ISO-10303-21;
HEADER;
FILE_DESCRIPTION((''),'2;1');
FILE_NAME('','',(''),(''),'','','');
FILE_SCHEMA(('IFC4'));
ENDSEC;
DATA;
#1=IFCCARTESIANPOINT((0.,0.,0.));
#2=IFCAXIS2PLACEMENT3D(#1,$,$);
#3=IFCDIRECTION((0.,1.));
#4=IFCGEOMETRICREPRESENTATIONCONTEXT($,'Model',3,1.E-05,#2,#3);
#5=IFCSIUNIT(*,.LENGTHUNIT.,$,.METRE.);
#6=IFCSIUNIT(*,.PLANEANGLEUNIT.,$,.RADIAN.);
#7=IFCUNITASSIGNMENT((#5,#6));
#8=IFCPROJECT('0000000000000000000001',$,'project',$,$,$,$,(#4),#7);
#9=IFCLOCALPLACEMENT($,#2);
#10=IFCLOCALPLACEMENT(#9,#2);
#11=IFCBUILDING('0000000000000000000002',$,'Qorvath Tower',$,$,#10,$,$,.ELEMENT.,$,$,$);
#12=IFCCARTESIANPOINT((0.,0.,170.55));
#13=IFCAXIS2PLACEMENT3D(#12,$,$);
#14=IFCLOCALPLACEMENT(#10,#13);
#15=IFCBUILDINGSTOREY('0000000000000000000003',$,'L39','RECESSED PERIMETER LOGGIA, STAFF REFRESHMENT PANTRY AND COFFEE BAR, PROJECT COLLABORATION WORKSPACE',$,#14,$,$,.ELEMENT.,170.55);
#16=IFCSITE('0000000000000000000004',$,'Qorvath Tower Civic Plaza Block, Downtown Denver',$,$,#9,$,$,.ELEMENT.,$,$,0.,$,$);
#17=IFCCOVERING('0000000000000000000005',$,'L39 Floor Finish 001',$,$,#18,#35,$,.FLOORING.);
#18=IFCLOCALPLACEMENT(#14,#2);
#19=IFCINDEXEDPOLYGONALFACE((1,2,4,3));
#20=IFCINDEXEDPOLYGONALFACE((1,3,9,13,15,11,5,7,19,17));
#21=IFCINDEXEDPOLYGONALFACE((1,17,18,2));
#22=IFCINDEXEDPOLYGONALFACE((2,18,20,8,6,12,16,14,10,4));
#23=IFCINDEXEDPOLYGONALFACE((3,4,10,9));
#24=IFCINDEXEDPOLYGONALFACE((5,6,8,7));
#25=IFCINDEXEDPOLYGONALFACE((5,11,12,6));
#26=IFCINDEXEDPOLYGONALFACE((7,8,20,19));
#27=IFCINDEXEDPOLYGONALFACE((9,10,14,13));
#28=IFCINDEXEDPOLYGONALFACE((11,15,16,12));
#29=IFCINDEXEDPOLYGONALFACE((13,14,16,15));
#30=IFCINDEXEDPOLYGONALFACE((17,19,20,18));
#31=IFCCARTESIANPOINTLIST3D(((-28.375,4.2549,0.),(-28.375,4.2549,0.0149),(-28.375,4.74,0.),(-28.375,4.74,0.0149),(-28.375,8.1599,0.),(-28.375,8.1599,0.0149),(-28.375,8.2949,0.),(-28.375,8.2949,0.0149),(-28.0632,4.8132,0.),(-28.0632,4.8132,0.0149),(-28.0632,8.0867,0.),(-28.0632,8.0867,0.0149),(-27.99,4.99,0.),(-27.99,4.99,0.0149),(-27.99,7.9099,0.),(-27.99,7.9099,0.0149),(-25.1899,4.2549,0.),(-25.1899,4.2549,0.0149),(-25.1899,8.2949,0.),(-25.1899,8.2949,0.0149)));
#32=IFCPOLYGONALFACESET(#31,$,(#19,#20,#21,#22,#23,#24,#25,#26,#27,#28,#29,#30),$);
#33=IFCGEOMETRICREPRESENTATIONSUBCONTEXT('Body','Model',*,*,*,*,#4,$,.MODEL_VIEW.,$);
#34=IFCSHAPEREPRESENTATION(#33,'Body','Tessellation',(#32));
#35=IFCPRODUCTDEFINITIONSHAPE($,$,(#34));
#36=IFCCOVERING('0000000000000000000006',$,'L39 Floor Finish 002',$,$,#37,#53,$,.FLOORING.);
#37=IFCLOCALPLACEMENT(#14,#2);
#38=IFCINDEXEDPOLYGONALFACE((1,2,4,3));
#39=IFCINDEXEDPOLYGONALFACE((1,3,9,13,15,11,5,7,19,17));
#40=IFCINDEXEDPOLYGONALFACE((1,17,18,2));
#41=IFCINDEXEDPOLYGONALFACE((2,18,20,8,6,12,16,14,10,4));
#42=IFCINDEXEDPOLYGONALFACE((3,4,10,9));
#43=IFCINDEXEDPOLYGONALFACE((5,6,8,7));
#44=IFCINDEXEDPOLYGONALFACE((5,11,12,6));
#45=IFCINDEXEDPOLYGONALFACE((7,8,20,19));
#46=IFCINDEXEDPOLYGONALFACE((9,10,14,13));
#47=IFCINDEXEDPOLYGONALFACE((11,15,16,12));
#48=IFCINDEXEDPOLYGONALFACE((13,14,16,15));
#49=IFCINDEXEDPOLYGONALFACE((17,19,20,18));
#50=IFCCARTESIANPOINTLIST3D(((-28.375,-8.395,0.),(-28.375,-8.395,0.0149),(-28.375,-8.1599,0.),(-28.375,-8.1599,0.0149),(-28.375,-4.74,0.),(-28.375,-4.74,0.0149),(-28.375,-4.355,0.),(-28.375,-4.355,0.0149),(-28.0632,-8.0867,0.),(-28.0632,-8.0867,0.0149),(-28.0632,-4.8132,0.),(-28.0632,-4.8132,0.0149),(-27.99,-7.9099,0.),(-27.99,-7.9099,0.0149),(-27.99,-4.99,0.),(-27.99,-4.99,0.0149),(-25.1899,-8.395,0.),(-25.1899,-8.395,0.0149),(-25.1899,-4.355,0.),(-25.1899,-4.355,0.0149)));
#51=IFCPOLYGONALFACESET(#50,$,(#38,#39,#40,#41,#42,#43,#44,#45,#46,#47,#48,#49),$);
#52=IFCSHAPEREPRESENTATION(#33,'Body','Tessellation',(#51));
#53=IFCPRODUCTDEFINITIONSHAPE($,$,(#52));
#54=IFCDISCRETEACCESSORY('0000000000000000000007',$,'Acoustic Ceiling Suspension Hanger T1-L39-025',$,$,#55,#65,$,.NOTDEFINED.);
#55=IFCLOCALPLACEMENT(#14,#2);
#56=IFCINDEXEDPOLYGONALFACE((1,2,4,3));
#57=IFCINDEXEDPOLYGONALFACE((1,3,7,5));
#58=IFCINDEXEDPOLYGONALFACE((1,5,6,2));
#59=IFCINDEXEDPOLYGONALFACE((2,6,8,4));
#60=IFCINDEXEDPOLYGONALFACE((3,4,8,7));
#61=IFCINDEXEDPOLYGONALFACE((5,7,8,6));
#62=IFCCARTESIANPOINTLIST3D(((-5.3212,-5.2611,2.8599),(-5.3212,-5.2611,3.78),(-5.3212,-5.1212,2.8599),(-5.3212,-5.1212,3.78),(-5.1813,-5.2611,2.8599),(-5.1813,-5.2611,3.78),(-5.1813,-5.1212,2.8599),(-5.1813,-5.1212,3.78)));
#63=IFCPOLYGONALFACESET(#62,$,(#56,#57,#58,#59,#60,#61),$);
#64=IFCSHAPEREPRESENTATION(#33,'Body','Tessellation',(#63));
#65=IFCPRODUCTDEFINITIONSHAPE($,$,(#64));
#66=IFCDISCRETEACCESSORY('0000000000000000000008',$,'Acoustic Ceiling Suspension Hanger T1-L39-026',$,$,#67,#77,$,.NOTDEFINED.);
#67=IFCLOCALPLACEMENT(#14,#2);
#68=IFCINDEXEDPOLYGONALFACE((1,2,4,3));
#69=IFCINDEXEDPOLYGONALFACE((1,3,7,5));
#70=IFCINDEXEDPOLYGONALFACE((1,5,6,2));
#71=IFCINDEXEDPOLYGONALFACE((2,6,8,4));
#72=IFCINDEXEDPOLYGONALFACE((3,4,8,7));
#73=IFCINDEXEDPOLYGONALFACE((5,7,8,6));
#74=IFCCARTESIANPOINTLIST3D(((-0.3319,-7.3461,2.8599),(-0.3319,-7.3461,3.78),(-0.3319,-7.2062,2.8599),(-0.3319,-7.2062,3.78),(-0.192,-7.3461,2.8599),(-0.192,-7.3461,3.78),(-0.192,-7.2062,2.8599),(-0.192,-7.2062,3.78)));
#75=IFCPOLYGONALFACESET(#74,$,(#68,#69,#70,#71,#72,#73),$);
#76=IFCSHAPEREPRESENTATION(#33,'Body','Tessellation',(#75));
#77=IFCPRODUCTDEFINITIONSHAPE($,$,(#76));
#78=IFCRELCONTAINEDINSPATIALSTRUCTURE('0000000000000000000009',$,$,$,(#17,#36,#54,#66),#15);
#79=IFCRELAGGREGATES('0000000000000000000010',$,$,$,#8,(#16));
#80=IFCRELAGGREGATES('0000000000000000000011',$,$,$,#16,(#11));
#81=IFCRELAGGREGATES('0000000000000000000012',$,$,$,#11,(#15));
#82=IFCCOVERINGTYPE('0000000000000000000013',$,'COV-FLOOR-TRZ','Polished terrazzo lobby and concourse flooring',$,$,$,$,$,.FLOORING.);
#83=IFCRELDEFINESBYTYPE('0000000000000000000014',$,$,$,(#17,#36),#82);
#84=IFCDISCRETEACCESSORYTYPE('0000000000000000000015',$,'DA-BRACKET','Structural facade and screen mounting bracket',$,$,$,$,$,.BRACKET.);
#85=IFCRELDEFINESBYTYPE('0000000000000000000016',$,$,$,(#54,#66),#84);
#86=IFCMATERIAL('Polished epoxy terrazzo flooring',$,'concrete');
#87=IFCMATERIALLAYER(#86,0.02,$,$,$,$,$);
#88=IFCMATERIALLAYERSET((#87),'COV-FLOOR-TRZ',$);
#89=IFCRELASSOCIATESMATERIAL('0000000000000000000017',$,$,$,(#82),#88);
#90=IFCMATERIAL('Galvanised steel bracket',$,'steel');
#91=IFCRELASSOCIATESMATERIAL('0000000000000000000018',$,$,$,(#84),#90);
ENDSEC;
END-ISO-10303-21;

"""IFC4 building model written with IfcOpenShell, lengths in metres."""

from ifc_helpers import new_model, si_unit, direction, frame, origin, origin_2d, place, context, subcontext, project, spatial, polyline, rectangle, outline, extrude, material, layer, layer_set, type_object, element, save


model = new_model("IFC4")

# Units and contexts
model_context = context("Model", 3, precision=1e-05, world=origin(), true_north=direction((0.0, 1.0)))
body_context = subcontext(model_context, "Body", "Model", "MODEL_VIEW")
ifc_project = project(units=[si_unit("LENGTHUNIT", "METRE"), si_unit("PLANEANGLEUNIT", "RADIAN")], contexts=[model_context])

# Site, building, storey
site_placement = place(None, origin())
site = spatial("IfcSite", under=ifc_project, at=site_placement, Name="Qorvath Tower Civic Plaza Block, Downtown Denver", CompositionType="ELEMENT", RefElevation=0.0)
building_placement = place(site_placement, origin())
building = spatial("IfcBuilding", under=site, at=building_placement, Name="Qorvath Tower", CompositionType="ELEMENT")
storey_placement = place(building_placement, frame((0.0, 0.0, 170.55)))
storey = spatial("IfcBuildingStorey", under=building, at=storey_placement, Name="L39", Description="RECESSED PERIMETER LOGGIA, STAFF REFRESHMENT PANTRY AND COFFEE BAR, PROJECT COLLABORATION WORKSPACE", CompositionType="ELEMENT", Elevation=170.55)

# Coverings
ifc_material_1 = material(Name="Polished epoxy terrazzo flooring", Category="concrete")
ifc_layer_1 = layer(ifc_material_1, 0.02)
ifc_layer_set_1 = layer_set([ifc_layer_1], Name="COV-FLOOR-TRZ")
covering_type_1 = type_object("IfcCoveringType", Name="COV-FLOOR-TRZ", Description="Polished terrazzo lobby and concourse flooring", PredefinedType="FLOORING", material=ifc_layer_set_1)
covering_1_placement = place(storey_placement, origin())
element("IfcCovering", 1, at=covering_1_placement, inside=storey, type_object=covering_type_1, Name="L39 Floor Finish 001", PredefinedType="FLOORING", context=body_context, shape_type="SweptSolid", body=[
    extrude(outline(polyline([(-25.1899, 4.2549), (-25.1899, 8.2949), (-28.375, 8.2949), (-28.375, 8.1599), (-28.0632, 8.0867), (-27.99, 7.9099), (-27.99, 4.99), (-28.0632, 4.8132), (-28.375, 4.74), (-28.375, 4.2549), (-25.1899, 4.2549)])), origin(), (0.0, 0.0, 1.0), 0.0149),
])
covering_2_placement = place(storey_placement, origin())
element("IfcCovering", 2, at=covering_2_placement, inside=storey, type_object=covering_type_1, Name="L39 Floor Finish 002", PredefinedType="FLOORING", context=body_context, shape_type="SweptSolid", body=[
    extrude(outline(polyline([(-25.1899, -8.395), (-25.1899, -4.355), (-28.375, -4.355), (-28.375, -4.74), (-28.0632, -4.8132), (-27.99, -4.99), (-27.99, -7.9099), (-28.0632, -8.0867), (-28.375, -8.1599), (-28.375, -8.395), (-25.1899, -8.395)])), origin(), (0.0, 0.0, 1.0), 0.0149),
])

# Discrete accessories
ifc_material_2 = material(Name="Galvanised steel bracket", Category="steel")
discrete_accessory_type = type_object("IfcDiscreteAccessoryType", Name="DA-BRACKET", Description="Structural facade and screen mounting bracket", PredefinedType="BRACKET", material=ifc_material_2)
for number, where, z_axis, x_axis, name in (
    (3, (-5.2512, -5.1912, 2.8599), (0.0, 0.0, 1.0), (1.0, 0.0, 0.0), "Acoustic Ceiling Suspension Hanger T1-L39-025"),
    (4, (-0.262, -7.2761, 2.8599), (0.0, 0.0, 1.0), (1.0, 0.0, 0.0), "Acoustic Ceiling Suspension Hanger T1-L39-026"),
):
    element("IfcDiscreteAccessory", number, at=place(storey_placement, frame(where, z_axis=z_axis, x_axis=x_axis)), inside=storey, type_object=discrete_accessory_type, Name=name, PredefinedType="NOTDEFINED", context=body_context, shape_type="SweptSolid", body=[
        extrude(rectangle(XDim=0.1399, YDim=0.1399, at=origin_2d()), origin(), (0.0, 0.0, 1.0), 0.9202),
    ])

save(model, "model.ifc")
